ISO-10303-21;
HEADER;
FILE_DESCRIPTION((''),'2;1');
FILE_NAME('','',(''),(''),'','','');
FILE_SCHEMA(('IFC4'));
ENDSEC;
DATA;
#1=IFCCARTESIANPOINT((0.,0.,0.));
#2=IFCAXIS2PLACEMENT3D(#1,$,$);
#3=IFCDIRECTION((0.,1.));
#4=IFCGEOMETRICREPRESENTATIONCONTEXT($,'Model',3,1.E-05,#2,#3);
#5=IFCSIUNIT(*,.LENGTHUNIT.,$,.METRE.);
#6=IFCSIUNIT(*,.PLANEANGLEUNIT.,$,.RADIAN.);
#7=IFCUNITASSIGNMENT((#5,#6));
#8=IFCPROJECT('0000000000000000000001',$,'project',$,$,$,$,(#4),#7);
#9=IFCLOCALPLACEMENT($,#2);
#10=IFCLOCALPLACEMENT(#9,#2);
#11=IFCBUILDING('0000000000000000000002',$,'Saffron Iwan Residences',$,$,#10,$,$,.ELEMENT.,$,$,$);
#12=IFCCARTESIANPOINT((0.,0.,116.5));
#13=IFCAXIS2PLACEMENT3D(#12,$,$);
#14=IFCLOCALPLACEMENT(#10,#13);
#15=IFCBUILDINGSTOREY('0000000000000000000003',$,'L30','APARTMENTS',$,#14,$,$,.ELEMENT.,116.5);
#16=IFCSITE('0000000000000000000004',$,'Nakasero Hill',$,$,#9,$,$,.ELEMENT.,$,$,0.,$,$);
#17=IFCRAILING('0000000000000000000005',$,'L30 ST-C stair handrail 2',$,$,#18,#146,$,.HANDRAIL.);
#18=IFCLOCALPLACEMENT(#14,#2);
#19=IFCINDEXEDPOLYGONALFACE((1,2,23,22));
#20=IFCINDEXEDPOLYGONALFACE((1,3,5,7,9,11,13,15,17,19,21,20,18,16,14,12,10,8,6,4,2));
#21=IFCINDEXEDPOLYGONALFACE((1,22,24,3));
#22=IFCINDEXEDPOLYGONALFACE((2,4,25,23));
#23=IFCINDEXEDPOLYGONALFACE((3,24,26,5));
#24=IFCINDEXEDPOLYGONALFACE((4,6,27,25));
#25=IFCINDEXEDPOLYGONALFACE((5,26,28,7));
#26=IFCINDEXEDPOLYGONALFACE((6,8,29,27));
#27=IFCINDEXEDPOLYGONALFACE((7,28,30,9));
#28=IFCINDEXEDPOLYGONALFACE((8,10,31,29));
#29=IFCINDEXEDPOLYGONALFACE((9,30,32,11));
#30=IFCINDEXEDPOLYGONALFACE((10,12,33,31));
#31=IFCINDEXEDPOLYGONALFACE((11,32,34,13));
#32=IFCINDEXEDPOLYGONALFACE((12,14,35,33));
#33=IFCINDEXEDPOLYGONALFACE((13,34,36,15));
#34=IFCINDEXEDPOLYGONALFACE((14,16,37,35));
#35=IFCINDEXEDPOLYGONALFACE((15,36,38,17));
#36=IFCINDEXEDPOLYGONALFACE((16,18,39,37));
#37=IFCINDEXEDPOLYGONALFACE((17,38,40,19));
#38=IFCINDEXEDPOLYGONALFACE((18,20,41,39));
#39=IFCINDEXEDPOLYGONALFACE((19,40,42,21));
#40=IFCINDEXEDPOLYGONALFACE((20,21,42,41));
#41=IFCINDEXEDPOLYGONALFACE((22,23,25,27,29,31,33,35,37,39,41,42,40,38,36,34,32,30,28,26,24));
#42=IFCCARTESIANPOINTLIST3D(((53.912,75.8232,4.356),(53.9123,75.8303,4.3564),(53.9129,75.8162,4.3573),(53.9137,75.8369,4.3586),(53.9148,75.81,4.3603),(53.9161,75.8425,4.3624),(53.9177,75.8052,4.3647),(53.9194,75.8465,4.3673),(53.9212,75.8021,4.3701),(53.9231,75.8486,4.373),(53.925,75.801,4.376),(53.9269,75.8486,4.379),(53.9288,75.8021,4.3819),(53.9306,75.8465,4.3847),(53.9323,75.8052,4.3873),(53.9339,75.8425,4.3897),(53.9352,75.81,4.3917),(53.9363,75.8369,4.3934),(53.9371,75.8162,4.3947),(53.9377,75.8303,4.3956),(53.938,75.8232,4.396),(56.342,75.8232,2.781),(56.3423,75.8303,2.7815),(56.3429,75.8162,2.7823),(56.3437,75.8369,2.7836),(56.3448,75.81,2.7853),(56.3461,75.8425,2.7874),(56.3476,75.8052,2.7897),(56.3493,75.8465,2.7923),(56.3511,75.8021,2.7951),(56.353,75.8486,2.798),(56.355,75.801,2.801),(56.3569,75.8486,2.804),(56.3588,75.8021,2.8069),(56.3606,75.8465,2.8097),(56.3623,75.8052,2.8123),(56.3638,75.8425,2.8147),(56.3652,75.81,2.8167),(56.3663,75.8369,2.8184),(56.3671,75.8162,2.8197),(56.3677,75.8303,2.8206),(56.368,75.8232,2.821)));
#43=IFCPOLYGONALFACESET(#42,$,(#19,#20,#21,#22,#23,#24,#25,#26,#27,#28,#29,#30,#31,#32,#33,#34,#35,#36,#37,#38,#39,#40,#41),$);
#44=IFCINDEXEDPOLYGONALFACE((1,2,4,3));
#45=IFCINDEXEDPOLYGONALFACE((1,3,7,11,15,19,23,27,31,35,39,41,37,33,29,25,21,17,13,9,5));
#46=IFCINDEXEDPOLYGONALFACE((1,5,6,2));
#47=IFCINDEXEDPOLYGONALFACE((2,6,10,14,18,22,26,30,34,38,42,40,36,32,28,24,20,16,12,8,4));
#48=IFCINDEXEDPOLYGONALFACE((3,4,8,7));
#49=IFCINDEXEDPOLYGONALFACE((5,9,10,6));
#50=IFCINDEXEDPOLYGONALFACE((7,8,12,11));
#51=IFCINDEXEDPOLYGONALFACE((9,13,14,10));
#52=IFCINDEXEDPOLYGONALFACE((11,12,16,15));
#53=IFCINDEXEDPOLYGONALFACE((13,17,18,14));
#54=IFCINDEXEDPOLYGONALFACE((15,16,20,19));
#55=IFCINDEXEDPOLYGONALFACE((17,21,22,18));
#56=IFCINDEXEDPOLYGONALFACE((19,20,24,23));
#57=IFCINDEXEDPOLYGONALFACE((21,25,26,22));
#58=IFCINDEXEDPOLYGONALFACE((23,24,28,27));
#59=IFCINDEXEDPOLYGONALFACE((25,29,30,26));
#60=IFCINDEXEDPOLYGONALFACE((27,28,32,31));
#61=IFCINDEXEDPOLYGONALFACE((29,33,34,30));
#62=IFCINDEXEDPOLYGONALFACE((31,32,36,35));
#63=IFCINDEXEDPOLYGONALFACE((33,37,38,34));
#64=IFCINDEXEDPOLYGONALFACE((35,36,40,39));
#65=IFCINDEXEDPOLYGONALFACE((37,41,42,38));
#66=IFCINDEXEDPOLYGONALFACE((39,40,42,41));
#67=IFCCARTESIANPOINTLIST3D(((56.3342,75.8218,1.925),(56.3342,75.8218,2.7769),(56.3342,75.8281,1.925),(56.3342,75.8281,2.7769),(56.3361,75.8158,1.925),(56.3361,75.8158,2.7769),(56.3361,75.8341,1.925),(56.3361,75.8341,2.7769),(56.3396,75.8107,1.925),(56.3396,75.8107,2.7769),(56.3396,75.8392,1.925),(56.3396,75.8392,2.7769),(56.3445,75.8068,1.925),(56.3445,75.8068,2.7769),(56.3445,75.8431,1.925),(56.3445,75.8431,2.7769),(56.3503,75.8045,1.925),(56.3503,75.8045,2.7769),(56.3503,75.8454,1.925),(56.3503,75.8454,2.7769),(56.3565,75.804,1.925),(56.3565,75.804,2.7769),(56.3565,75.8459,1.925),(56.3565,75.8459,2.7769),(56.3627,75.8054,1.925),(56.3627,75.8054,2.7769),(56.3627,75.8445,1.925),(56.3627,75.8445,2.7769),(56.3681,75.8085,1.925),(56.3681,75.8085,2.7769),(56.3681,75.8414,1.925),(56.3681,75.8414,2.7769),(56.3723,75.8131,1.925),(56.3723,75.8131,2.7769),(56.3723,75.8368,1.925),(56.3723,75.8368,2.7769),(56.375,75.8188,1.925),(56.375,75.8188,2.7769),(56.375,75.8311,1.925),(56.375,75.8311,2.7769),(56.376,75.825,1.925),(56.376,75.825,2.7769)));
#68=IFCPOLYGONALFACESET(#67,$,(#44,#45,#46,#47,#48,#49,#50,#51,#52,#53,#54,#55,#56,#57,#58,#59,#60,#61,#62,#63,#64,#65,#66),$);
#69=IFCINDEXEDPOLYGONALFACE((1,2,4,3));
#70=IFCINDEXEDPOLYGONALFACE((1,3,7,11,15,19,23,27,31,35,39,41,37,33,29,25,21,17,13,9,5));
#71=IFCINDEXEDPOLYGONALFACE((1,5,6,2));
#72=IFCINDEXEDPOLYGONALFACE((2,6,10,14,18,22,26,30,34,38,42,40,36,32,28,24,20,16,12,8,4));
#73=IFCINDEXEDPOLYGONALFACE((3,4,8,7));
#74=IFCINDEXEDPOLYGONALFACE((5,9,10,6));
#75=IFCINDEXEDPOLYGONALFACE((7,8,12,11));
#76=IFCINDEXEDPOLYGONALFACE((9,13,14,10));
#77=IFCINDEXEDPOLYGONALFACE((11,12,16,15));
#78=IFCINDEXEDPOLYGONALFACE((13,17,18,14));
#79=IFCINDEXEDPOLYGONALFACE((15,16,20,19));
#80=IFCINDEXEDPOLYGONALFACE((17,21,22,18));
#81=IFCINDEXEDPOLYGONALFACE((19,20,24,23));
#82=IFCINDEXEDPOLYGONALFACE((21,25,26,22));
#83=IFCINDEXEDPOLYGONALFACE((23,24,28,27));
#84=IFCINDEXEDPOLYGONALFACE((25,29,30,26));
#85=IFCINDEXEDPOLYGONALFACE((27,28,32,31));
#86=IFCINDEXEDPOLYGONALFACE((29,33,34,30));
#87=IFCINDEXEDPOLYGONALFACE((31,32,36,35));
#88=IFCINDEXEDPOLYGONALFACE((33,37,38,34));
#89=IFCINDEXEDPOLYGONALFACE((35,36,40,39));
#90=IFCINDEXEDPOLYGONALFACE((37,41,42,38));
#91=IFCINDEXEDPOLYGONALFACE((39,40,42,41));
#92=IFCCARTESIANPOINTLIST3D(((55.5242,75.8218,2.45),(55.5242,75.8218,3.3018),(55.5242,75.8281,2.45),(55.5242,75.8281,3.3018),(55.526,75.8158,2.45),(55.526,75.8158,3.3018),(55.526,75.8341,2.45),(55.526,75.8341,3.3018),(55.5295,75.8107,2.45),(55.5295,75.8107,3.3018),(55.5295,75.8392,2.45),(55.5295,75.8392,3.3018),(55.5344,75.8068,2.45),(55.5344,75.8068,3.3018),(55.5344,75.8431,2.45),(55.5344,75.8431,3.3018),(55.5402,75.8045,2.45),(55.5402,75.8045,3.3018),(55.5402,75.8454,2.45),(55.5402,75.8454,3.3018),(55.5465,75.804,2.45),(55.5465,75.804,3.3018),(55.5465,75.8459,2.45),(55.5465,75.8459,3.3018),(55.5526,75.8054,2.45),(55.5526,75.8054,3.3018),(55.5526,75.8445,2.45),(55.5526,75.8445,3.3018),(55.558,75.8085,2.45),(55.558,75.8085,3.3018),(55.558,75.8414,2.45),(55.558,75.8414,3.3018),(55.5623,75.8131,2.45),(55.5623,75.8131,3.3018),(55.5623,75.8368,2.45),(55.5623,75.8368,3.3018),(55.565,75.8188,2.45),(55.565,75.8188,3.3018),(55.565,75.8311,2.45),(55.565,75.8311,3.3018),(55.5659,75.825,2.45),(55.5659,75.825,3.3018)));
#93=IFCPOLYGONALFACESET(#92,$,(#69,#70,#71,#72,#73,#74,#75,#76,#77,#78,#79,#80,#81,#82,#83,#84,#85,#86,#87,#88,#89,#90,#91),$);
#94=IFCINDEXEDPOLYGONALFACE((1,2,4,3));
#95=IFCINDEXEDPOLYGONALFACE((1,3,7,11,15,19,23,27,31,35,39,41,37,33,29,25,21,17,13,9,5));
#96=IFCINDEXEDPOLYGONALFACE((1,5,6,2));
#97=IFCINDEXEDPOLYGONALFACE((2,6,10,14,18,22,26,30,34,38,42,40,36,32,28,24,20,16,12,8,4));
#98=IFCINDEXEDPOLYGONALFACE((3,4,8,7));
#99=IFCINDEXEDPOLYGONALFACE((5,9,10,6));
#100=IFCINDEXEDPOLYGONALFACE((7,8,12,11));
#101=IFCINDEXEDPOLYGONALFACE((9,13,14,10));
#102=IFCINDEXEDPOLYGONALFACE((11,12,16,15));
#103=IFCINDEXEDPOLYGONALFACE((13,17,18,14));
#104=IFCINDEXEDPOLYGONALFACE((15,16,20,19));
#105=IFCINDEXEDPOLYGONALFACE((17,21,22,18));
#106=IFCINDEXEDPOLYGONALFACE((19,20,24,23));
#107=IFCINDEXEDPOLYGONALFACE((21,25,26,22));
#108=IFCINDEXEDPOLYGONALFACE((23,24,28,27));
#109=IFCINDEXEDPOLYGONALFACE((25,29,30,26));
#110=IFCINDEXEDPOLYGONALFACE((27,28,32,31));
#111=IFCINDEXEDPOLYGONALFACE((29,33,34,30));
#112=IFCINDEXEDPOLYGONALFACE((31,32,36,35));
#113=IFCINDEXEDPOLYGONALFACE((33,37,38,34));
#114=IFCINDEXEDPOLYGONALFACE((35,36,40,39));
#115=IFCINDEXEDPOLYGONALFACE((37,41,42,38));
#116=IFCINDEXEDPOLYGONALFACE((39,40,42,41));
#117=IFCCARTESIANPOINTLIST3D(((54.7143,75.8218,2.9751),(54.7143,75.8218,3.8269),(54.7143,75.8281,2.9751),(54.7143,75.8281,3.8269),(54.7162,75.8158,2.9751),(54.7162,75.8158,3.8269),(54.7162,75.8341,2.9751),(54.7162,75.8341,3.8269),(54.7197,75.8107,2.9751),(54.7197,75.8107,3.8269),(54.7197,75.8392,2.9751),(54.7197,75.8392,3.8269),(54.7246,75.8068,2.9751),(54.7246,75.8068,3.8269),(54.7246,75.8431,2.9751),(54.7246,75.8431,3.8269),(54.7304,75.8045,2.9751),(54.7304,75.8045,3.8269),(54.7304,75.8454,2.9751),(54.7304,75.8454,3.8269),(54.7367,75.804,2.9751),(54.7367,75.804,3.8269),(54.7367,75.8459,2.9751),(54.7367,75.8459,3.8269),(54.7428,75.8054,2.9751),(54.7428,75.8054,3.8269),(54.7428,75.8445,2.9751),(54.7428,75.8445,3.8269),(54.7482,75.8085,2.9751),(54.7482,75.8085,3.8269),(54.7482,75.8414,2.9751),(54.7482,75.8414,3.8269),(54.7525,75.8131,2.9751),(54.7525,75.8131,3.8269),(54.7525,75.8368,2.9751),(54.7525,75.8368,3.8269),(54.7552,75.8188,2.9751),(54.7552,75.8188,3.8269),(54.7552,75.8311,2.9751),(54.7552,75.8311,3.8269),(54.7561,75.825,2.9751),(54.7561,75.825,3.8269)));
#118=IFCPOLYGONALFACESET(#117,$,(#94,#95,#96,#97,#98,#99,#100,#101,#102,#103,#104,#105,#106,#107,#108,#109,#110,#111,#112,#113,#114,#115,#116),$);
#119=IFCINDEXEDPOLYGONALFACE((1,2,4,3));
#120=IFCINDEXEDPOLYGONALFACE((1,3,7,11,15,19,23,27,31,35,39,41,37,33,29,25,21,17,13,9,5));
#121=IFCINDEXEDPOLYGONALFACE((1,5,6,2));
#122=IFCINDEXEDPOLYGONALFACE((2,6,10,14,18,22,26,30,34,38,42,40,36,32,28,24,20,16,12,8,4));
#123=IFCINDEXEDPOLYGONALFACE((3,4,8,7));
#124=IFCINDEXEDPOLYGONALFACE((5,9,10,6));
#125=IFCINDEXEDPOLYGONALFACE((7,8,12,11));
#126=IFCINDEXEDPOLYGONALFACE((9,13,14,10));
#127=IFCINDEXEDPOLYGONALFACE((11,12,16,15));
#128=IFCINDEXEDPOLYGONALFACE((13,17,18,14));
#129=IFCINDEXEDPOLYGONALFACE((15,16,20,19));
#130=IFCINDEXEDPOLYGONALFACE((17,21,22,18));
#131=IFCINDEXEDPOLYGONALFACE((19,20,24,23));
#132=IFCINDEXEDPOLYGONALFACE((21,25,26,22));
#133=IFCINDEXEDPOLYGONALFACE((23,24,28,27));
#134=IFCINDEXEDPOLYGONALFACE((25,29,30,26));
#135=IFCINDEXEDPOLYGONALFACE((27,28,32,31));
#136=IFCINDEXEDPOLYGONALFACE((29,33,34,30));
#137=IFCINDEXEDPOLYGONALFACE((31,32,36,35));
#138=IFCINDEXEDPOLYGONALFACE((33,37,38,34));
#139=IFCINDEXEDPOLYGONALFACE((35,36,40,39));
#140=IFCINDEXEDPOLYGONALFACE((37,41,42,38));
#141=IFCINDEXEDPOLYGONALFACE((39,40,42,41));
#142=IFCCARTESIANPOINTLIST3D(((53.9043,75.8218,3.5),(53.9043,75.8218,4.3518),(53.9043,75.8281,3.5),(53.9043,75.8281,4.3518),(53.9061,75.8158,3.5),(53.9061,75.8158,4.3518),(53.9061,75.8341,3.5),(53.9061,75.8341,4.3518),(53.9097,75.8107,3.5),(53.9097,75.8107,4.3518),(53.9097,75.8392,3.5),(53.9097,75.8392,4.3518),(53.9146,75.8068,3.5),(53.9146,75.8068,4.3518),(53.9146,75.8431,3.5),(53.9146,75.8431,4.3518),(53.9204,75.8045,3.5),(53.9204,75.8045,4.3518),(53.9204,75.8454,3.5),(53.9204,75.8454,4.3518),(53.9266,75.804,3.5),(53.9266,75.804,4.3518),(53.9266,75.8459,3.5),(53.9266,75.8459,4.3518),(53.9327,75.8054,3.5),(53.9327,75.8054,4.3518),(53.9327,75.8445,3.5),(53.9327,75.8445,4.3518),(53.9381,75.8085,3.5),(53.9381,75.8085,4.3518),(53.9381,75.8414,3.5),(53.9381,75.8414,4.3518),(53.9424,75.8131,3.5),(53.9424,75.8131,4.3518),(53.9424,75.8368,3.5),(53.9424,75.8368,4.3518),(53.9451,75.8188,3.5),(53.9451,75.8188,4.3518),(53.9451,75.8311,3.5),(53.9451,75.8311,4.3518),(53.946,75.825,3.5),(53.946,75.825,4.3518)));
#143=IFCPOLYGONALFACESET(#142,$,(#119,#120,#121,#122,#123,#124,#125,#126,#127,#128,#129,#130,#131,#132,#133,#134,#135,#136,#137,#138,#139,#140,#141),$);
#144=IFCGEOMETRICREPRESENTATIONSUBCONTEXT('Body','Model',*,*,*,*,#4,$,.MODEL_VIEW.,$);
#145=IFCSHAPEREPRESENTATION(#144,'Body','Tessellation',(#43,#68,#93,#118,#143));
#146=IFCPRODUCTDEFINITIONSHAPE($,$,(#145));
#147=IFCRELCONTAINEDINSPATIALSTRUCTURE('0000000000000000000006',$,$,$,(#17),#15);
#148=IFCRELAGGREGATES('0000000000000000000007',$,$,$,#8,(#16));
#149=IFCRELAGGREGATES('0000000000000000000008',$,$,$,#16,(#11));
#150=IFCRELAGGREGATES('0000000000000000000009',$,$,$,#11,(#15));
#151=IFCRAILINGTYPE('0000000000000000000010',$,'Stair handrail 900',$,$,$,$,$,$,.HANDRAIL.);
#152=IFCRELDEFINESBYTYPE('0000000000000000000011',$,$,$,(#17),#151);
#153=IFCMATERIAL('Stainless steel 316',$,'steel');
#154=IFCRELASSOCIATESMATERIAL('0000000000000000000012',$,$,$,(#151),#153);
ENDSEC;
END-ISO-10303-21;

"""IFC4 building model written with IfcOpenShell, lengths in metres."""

from ifc_helpers import new_model, si_unit, direction, frame, origin, origin_2d, place, context, subcontext, project, spatial, circle, extrude, material, type_object, element, save


model = new_model("IFC4")

# Units and contexts
model_context = context("Model", 3, precision=1e-05, world=origin(), true_north=direction((0.0, 1.0)))
body_context = subcontext(model_context, "Body", "Model", "MODEL_VIEW")
ifc_project = project(units=[si_unit("LENGTHUNIT", "METRE"), si_unit("PLANEANGLEUNIT", "RADIAN")], contexts=[model_context])

# Site, building, storey
site_placement = place(None, origin())
site = spatial("IfcSite", under=ifc_project, at=site_placement, Name="Nakasero Hill", CompositionType="ELEMENT", RefElevation=0.0)
building_placement = place(site_placement, origin())
building = spatial("IfcBuilding", under=site, at=building_placement, Name="Saffron Iwan Residences", CompositionType="ELEMENT")
storey_placement = place(building_placement, frame((0.0, 0.0, 116.5)))
storey = spatial("IfcBuildingStorey", under=building, at=storey_placement, Name="L30", Description="APARTMENTS", CompositionType="ELEMENT", Elevation=116.5)

# Railing
ifc_material_1 = material(Name="Stainless steel 316", Category="steel")
railing_type_1 = type_object("IfcRailingType", Name="Stair handrail 900", PredefinedType="HANDRAIL", material=ifc_material_1)
railing_1_placement = place(storey_placement, frame((56.355, 75.825, 1.925)))
element("IfcRailing", 1, at=railing_1_placement, inside=storey, type_object=railing_type_1, Name="L30 ST-C stair handrail 2", PredefinedType="HANDRAIL", context=body_context, shape_type="SweptSolid", body=[
    extrude(circle(Radius=0.0239, at=origin_2d()), frame((0.0, 0.0, 0.876), z_axis=(-0.839154, 0.0, 0.543894), x_axis=(0.0, -1.0, 0.0)), (0.0, 0.0, 1.0), 2.8958),
    extrude(circle(Radius=0.021, at=origin_2d()), origin(), (0.0, 0.0, 1.0), 0.8518),
    extrude(circle(Radius=0.021, at=origin_2d()), frame((-0.8101, 0.0, 0.5249)), (0.0, 0.0, 1.0), 0.8518),
    extrude(circle(Radius=0.021, at=origin_2d()), frame((-1.6199, 0.0, 1.05)), (0.0, 0.0, 1.0), 0.8518),
    extrude(circle(Radius=0.021, at=origin_2d()), frame((-2.4299, 0.0, 1.575)), (0.0, 0.0, 1.0), 0.8518),
])

save(model, "model.ifc")
